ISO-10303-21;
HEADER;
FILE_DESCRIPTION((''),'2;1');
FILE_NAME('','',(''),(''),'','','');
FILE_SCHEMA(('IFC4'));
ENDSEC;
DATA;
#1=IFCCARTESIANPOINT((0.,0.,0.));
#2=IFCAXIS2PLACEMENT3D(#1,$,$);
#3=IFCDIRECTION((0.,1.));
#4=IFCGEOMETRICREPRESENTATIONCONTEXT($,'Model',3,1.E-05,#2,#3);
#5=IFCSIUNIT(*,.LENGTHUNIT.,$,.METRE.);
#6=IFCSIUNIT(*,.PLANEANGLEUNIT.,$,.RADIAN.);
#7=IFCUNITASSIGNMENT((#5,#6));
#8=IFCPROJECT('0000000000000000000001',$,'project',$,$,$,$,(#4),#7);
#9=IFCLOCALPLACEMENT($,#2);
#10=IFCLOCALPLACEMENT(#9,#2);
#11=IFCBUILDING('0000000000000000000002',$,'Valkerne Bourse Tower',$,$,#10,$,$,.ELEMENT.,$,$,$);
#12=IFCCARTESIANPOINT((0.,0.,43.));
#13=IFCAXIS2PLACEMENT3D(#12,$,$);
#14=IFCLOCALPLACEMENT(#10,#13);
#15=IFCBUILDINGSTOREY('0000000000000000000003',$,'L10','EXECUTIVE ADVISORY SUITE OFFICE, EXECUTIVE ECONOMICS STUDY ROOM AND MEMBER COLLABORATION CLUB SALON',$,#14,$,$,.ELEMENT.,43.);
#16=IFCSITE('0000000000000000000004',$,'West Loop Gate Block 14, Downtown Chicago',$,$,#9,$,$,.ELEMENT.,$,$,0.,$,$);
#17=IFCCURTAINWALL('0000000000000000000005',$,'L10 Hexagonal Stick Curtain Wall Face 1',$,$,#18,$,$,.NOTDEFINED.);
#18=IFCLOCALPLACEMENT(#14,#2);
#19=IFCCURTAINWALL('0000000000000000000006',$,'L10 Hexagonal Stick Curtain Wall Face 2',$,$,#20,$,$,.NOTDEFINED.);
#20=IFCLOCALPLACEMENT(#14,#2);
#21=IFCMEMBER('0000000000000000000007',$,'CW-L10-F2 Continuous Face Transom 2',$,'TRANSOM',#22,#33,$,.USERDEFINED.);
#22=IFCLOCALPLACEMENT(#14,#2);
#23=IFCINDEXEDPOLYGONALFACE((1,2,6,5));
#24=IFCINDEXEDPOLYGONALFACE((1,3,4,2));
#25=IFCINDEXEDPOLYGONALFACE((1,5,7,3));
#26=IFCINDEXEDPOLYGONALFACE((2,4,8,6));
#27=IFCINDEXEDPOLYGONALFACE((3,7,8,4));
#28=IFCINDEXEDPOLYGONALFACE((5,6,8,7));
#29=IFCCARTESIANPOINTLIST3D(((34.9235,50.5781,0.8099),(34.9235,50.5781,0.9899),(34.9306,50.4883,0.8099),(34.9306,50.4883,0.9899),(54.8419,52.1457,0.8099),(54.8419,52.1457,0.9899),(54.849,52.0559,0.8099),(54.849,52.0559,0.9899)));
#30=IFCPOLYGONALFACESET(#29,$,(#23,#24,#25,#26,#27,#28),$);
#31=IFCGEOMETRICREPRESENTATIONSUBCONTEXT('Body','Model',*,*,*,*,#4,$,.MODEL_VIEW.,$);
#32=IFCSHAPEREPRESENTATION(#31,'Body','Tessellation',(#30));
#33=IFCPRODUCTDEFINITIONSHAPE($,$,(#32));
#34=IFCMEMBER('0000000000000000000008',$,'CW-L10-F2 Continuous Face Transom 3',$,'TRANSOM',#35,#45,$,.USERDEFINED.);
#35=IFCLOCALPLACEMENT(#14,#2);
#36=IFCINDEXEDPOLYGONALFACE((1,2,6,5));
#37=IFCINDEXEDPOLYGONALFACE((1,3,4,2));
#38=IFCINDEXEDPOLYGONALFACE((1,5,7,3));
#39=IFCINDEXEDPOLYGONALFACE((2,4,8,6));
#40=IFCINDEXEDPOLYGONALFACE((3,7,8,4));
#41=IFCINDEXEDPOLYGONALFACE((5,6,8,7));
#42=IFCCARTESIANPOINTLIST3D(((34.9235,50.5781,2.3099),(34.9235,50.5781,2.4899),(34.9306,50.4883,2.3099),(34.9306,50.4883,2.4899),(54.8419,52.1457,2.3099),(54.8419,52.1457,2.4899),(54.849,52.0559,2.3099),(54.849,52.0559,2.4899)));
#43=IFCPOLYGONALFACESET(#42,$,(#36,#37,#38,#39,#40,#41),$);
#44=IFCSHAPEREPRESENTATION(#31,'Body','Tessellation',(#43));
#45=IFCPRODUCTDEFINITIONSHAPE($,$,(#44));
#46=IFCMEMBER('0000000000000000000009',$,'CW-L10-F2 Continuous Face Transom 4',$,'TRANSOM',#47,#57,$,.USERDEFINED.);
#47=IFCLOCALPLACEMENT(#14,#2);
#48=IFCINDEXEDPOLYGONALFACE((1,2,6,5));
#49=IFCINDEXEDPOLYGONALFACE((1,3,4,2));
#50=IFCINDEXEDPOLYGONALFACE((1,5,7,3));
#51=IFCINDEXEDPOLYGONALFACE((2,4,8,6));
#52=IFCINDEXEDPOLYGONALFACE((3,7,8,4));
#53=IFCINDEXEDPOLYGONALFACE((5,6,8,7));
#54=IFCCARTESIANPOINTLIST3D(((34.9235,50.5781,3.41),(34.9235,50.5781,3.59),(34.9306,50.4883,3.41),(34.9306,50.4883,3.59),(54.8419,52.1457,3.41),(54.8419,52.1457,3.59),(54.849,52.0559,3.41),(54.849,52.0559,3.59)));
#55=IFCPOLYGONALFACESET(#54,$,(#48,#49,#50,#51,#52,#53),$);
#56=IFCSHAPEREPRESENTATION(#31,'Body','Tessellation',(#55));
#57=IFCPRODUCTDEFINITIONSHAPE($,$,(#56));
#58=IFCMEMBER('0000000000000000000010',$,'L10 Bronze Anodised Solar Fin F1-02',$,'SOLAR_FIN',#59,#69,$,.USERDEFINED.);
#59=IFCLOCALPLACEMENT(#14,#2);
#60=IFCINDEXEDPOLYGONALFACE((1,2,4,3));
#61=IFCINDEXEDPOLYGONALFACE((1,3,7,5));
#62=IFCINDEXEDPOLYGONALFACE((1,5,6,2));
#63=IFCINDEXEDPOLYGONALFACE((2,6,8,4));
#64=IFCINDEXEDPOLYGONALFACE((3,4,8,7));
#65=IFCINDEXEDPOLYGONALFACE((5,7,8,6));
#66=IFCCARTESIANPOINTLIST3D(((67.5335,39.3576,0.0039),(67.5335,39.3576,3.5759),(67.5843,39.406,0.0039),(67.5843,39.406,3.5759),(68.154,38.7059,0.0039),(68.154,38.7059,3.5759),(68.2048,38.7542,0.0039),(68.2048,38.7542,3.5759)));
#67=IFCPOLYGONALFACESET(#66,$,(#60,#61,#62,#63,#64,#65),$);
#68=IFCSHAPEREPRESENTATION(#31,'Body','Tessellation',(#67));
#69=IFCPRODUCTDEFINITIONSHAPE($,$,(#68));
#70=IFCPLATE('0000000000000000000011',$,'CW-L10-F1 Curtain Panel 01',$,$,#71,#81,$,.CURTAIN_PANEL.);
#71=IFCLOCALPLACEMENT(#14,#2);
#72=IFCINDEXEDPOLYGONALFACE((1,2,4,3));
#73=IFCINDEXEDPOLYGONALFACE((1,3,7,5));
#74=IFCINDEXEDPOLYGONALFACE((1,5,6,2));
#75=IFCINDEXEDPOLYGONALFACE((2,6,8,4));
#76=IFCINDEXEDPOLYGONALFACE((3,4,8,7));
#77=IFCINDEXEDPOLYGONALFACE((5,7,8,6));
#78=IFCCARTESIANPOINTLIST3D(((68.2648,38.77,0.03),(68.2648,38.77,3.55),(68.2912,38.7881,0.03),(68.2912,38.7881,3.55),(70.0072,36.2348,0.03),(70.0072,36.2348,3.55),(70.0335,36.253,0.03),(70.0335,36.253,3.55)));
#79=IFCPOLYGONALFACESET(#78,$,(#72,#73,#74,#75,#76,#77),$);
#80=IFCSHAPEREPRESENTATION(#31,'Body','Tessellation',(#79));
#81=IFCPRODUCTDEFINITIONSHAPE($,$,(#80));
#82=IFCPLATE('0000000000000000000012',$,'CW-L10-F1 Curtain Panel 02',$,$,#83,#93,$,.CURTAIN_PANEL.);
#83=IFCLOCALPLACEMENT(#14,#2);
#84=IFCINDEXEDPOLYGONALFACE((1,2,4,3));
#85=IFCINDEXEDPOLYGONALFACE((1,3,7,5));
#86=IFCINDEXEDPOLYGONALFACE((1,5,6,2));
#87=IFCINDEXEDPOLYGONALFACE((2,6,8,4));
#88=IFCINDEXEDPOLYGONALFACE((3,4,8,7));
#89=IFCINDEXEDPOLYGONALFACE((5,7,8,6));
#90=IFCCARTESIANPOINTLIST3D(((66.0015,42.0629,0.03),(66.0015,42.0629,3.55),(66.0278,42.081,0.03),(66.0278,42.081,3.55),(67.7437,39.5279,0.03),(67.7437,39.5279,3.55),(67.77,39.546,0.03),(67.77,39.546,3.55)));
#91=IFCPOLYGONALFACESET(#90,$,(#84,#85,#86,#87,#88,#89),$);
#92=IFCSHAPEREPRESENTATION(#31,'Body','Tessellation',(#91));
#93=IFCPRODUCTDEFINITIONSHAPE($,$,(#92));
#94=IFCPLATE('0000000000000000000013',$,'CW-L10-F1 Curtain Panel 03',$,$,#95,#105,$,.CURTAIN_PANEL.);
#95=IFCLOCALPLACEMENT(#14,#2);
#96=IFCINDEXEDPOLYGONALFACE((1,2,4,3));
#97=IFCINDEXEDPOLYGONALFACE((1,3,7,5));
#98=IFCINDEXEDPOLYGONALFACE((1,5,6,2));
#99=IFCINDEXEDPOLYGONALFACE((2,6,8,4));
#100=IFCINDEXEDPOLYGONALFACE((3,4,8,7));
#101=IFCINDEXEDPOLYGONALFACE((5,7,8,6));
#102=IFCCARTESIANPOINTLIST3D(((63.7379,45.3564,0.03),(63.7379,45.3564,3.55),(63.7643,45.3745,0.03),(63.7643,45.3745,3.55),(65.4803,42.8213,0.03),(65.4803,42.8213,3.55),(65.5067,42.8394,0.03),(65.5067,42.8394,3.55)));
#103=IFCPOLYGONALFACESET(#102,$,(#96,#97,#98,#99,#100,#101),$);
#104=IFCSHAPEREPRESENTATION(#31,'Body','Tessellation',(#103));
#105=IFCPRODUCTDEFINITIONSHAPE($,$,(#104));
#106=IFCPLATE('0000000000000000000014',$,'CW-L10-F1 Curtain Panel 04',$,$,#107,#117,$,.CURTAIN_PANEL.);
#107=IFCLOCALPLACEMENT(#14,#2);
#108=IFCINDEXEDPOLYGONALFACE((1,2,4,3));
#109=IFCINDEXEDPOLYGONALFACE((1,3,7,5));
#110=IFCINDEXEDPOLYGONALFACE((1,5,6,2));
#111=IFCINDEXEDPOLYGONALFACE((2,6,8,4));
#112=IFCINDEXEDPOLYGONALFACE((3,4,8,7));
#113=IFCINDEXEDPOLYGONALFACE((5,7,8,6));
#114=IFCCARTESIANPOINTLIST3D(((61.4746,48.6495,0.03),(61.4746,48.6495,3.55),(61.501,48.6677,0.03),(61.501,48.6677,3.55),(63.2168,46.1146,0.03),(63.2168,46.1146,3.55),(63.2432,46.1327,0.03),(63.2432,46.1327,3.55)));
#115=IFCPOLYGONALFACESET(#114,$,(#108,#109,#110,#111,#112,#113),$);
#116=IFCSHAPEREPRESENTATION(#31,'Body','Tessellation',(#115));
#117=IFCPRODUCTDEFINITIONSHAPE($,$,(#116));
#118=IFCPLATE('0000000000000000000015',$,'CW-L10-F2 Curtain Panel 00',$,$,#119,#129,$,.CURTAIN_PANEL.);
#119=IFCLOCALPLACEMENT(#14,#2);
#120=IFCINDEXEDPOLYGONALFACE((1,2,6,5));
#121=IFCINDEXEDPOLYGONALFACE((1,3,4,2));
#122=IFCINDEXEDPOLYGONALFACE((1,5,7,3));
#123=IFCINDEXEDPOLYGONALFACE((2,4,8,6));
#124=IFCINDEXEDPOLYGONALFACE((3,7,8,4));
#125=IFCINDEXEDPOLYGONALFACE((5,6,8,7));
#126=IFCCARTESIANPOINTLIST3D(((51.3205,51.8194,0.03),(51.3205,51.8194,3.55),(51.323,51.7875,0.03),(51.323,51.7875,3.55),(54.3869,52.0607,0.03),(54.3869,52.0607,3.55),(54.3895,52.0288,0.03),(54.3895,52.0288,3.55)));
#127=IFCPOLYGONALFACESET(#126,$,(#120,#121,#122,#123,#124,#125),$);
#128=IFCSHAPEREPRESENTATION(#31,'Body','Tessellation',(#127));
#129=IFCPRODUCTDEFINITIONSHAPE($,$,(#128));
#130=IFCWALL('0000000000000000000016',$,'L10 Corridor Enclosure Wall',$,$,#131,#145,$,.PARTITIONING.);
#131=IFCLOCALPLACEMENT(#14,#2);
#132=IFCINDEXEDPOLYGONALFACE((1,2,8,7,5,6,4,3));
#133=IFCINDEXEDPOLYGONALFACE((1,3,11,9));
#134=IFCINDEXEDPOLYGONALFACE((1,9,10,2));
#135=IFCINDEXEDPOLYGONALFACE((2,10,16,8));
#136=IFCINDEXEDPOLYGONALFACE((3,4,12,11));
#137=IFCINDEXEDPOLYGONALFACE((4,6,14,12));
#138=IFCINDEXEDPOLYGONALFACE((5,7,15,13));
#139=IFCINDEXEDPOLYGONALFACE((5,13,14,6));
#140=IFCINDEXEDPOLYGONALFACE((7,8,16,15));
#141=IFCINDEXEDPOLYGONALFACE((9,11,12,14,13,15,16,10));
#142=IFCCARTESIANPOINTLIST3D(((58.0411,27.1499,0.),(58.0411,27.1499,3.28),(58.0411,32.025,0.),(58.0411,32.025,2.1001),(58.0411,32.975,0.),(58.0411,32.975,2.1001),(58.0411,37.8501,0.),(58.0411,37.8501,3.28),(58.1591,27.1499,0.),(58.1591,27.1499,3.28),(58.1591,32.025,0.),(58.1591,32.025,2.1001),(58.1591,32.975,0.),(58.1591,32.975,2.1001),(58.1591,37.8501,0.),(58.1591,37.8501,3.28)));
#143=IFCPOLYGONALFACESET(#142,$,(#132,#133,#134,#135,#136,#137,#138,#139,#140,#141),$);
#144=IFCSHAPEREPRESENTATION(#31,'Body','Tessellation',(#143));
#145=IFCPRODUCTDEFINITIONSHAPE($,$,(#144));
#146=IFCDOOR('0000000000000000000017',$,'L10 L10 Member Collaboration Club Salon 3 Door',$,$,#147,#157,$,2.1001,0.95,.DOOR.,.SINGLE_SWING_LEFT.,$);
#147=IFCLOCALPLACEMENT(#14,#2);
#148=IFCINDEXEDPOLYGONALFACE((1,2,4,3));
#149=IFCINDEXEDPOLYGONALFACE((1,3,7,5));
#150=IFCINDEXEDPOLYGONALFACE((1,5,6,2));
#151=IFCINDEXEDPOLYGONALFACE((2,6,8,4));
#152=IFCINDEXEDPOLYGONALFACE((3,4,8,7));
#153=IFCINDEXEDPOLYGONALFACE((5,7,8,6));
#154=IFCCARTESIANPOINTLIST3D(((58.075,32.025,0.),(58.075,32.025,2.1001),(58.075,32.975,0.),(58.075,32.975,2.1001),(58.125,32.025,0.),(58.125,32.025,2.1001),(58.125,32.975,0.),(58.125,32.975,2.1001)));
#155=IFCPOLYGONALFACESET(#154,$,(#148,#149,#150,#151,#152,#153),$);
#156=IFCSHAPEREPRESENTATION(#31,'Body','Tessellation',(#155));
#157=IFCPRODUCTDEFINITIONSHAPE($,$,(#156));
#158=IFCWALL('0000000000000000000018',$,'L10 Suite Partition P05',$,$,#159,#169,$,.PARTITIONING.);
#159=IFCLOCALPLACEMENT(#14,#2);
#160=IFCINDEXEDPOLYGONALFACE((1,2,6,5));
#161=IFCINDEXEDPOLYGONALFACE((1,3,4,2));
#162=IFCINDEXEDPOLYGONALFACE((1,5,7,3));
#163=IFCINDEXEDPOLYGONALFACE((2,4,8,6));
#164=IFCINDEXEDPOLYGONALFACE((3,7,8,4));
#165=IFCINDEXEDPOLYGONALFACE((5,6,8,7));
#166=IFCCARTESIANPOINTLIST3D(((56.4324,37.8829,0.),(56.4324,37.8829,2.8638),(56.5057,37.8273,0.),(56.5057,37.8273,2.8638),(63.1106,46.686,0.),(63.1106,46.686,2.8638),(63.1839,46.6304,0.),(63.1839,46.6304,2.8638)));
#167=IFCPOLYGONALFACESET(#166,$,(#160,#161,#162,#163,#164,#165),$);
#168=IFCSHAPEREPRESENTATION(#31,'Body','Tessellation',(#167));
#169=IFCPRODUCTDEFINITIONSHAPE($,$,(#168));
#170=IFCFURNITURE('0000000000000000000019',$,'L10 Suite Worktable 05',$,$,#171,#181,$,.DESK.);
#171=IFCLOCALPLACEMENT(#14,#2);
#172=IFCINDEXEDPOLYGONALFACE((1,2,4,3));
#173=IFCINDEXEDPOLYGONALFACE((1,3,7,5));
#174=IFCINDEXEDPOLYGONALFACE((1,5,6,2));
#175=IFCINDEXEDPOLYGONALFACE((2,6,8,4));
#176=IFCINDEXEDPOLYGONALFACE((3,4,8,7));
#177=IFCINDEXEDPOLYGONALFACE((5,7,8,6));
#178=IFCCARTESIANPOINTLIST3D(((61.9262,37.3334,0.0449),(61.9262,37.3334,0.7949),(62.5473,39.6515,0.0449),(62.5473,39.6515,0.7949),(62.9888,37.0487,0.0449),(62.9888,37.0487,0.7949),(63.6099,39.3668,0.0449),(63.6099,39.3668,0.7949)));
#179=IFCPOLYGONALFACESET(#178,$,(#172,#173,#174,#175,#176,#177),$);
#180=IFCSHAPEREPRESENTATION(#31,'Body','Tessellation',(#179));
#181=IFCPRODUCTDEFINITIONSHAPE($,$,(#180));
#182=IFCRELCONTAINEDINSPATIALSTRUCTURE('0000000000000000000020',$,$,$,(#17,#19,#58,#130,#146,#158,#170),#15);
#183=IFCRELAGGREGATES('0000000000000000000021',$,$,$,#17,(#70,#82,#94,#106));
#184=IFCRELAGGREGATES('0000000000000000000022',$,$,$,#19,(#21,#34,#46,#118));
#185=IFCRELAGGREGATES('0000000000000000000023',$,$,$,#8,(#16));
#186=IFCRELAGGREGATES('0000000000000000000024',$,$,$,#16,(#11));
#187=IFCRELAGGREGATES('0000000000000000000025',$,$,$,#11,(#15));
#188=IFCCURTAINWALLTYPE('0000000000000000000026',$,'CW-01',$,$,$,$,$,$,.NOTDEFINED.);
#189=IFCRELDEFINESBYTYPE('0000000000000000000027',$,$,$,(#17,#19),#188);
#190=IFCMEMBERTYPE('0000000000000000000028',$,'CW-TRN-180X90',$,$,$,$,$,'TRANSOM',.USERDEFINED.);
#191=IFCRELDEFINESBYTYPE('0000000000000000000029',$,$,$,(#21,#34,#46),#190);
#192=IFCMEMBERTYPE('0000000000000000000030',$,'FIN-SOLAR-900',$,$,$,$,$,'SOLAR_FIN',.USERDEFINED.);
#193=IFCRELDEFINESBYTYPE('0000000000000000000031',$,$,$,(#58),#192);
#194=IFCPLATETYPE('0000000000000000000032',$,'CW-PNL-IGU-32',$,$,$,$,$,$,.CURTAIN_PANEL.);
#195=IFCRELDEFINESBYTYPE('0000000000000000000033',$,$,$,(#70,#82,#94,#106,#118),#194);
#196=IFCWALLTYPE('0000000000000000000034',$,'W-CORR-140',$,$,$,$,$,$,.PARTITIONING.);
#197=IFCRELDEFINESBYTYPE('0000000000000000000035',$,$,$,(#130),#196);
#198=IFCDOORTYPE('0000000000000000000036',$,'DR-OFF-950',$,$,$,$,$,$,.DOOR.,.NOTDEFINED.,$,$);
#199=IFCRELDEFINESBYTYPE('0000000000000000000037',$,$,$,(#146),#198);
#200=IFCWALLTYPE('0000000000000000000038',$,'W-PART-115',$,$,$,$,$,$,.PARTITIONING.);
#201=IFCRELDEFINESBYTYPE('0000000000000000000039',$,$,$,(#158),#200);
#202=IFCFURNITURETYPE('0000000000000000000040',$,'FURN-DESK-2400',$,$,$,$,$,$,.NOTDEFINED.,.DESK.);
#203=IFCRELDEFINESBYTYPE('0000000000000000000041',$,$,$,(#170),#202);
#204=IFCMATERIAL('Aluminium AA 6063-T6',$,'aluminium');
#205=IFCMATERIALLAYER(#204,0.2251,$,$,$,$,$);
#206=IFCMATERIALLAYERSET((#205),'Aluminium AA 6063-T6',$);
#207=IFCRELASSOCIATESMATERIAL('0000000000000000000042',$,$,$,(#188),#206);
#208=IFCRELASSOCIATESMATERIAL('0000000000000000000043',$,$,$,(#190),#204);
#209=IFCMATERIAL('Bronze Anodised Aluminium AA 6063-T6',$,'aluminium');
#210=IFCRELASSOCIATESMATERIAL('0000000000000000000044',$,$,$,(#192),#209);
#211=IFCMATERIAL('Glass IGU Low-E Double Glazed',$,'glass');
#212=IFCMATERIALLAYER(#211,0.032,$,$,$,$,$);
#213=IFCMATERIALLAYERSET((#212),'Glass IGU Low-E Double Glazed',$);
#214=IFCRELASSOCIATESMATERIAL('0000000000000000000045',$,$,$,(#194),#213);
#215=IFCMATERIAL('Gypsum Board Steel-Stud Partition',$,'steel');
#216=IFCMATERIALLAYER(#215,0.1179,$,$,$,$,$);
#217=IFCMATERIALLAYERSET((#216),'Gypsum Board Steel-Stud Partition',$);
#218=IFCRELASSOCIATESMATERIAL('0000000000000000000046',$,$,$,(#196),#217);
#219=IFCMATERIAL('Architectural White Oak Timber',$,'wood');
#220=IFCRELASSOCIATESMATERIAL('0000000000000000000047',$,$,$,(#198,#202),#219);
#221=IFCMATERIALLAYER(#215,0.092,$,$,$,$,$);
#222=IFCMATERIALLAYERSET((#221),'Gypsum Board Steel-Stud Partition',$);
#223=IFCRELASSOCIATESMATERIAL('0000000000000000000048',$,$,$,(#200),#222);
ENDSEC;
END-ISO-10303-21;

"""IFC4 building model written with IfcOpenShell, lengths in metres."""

from ifc_helpers import new_model, si_unit, direction, frame, frame_2d, origin, origin_2d, place, context, subcontext, project, spatial, rectangle, extrude, material, layer, layer_set, material_profile, profile_set, type_object, element, fill, aggregate, save


model = new_model("IFC4")

# Units and contexts
model_context = context("Model", 3, precision=1e-05, world=origin(), true_north=direction((0.0, 1.0)))
body_context = subcontext(model_context, "Body", "Model", "MODEL_VIEW")
ifc_project = project(units=[si_unit("LENGTHUNIT", "METRE"), si_unit("PLANEANGLEUNIT", "RADIAN")], contexts=[model_context])

# Site, building, storey
site_placement = place(None, origin())
site = spatial("IfcSite", under=ifc_project, at=site_placement, Name="West Loop Gate Block 14, Downtown Chicago", CompositionType="ELEMENT", RefElevation=0.0)
building_placement = place(site_placement, origin())
building = spatial("IfcBuilding", under=site, at=building_placement, Name="Valkerne Bourse Tower", CompositionType="ELEMENT")
storey_placement = place(building_placement, frame((0.0, 0.0, 43.0)))
storey = spatial("IfcBuildingStorey", under=building, at=storey_placement, Name="L10", Description="EXECUTIVE ADVISORY SUITE OFFICE, EXECUTIVE ECONOMICS STUDY ROOM AND MEMBER COLLABORATION CLUB SALON", CompositionType="ELEMENT", Elevation=43.0)

# Curtain walls, members
ifc_material_1 = material(Name="Aluminium AA 6063-T6", Category="aluminium")
ifc_layer_1 = layer(ifc_material_1, 0.2251)
ifc_layer_set_1 = layer_set([ifc_layer_1], Name="Aluminium AA 6063-T6")
curtain_wall_type = type_object("IfcCurtainWallType", Name="CW-01", PredefinedType="NOTDEFINED", material=ifc_layer_set_1)
curtain_wall_1_placement = place(storey_placement, origin())
curtain_wall_1 = element("IfcCurtainWall", 1, at=curtain_wall_1_placement, inside=storey, type_object=curtain_wall_type, Name="L10 Hexagonal Stick Curtain Wall Face 1", PredefinedType="NOTDEFINED")
curtain_wall_2_placement = place(storey_placement, origin())
curtain_wall_2 = element("IfcCurtainWall", 2, at=curtain_wall_2_placement, inside=storey, type_object=curtain_wall_type, Name="L10 Hexagonal Stick Curtain Wall Face 2", PredefinedType="NOTDEFINED")
ifc_material_profile_1 = material_profile(ifc_material_1, rectangle(XDim=0.0901, YDim=0.1799, at=origin_2d()), Name="CWT-90X180")
ifc_profile_set_1 = profile_set([ifc_material_profile_1], Name="Aluminium AA 6063-T6")
member_type_1 = type_object("IfcMemberType", Name="CW-TRN-180X90", ElementType="TRANSOM", PredefinedType="USERDEFINED", material=ifc_profile_set_1)
member_1_placement = place(storey_placement, frame((54.8455, 52.1008, 0.8999), z_axis=(-0.996917, -0.07846, 0.0), x_axis=(0.07846, -0.996917, 0.0)))
member_1 = element("IfcMember", 3, at=member_1_placement, type_object=member_type_1, Name="CW-L10-F2 Continuous Face Transom 2", ObjectType="TRANSOM", PredefinedType="USERDEFINED", context=body_context, shape_type="SweptSolid", body=[
    extrude(rectangle(XDim=0.0901, YDim=0.1799, at=origin_2d()), origin(), (0.0, 0.0, 1.0), 19.98),
])
member_2_placement = place(storey_placement, frame((54.8455, 52.1008, 2.3999), z_axis=(-0.996917, -0.07846, 0.0), x_axis=(0.07846, -0.996917, 0.0)))
member_2 = element("IfcMember", 4, at=member_2_placement, type_object=member_type_1, Name="CW-L10-F2 Continuous Face Transom 3", ObjectType="TRANSOM", PredefinedType="USERDEFINED", context=body_context, shape_type="SweptSolid", body=[
    extrude(rectangle(XDim=0.0901, YDim=0.1799, at=origin_2d()), origin(), (0.0, 0.0, 1.0), 19.98),
])
member_3_placement = place(storey_placement, frame((54.8455, 52.1008, 3.5), z_axis=(-0.996917, -0.07846, 0.0), x_axis=(0.07846, -0.996917, 0.0)))
member_3 = element("IfcMember", 5, at=member_3_placement, type_object=member_type_1, Name="CW-L10-F2 Continuous Face Transom 4", ObjectType="TRANSOM", PredefinedType="USERDEFINED", context=body_context, shape_type="SweptSolid", body=[
    extrude(rectangle(XDim=0.0901, YDim=0.1799, at=origin_2d()), origin(), (0.0, 0.0, 1.0), 19.98),
])

# Member
ifc_material_2 = material(Name="Bronze Anodised Aluminium AA 6063-T6", Category="aluminium")
ifc_material_profile_2 = material_profile(ifc_material_2, rectangle(XDim=0.0701, YDim=0.8999, at=origin_2d()), Name="FIN-70X900")
ifc_profile_set_2 = profile_set([ifc_material_profile_2], Name="Bronze Anodised Aluminium AA 6063-T6")
member_type_2 = type_object("IfcMemberType", Name="FIN-SOLAR-900", ElementType="SOLAR_FIN", PredefinedType="USERDEFINED", material=ifc_profile_set_2)
member_4_placement = place(storey_placement, frame((67.8691, 39.0559, 0.0039), z_axis=(0.0, 0.0, 1.0), x_axis=(0.724271, 0.689515, 0.0)))
element("IfcMember", 6, at=member_4_placement, inside=storey, type_object=member_type_2, Name="L10 Bronze Anodised Solar Fin F1-02", ObjectType="SOLAR_FIN", PredefinedType="USERDEFINED", context=body_context, shape_type="SweptSolid", body=[
    extrude(rectangle(XDim=0.0701, YDim=0.8999, at=origin_2d()), origin(), (0.0, 0.0, 1.0), 3.572),
])

# Plates
ifc_material_3 = material(Name="Glass IGU Low-E Double Glazed", Category="glass")
ifc_layer_2 = layer(ifc_material_3, 0.032)
ifc_layer_set_2 = layer_set([ifc_layer_2], Name="Glass IGU Low-E Double Glazed")
plate_type = type_object("IfcPlateType", Name="CW-PNL-IGU-32", PredefinedType="CURTAIN_PANEL", material=ifc_layer_set_2)
plate_1_placement = place(storey_placement, frame((69.1492, 37.5115, 0.03), z_axis=(0.0, 0.0, 1.0), x_axis=(-0.566414, 0.824121, 0.0)))
plate_1 = element("IfcPlate", 7, at=plate_1_placement, type_object=plate_type, Name="CW-L10-F1 Curtain Panel 01", PredefinedType="CURTAIN_PANEL", context=body_context, shape_type="SweptSolid", body=[
    extrude(rectangle(XDim=3.0762, YDim=0.032, at=origin_2d()), origin(), (0.0, 0.0, 1.0), 3.52),
])
plate_2_placement = place(storey_placement, frame((66.8857, 40.8044, 0.03), z_axis=(0.0, 0.0, 1.0), x_axis=(-0.566397, 0.824132, 0.0)))
plate_2 = element("IfcPlate", 8, at=plate_2_placement, type_object=plate_type, Name="CW-L10-F1 Curtain Panel 02", PredefinedType="CURTAIN_PANEL", context=body_context, shape_type="SweptSolid", body=[
    extrude(rectangle(XDim=3.0759, YDim=0.032, at=origin_2d()), origin(), (0.0, 0.0, 1.0), 3.52),
])
plate_3_placement = place(storey_placement, frame((64.6223, 44.0979, 0.03), z_axis=(0.0, 0.0, 1.0), x_axis=(-0.566414, 0.824121, 0.0)))
plate_3 = element("IfcPlate", 9, at=plate_3_placement, type_object=plate_type, Name="CW-L10-F1 Curtain Panel 03", PredefinedType="CURTAIN_PANEL", context=body_context, shape_type="SweptSolid", body=[
    extrude(rectangle(XDim=3.0762, YDim=0.032, at=origin_2d()), origin(), (0.0, 0.0, 1.0), 3.52),
])
plate_4_placement = place(storey_placement, frame((62.3589, 47.3911, 0.03), z_axis=(0.0, 0.0, 1.0), x_axis=(-0.566397, 0.824132, 0.0)))
plate_4 = element("IfcPlate", 10, at=plate_4_placement, type_object=plate_type, Name="CW-L10-F1 Curtain Panel 04", PredefinedType="CURTAIN_PANEL", context=body_context, shape_type="SweptSolid", body=[
    extrude(rectangle(XDim=3.0759, YDim=0.032, at=origin_2d()), origin(), (0.0, 0.0, 1.0), 3.52),
])
aggregate(curtain_wall_1, [plate_1, plate_2, plate_3, plate_4])
plate_5_placement = place(storey_placement, frame((52.855, 51.9241, 0.03), z_axis=(0.0, 0.0, 1.0), x_axis=(-0.996918, -0.078453, 0.0)))
plate_5 = element("IfcPlate", 11, at=plate_5_placement, type_object=plate_type, Name="CW-L10-F2 Curtain Panel 00", PredefinedType="CURTAIN_PANEL", context=body_context, shape_type="SweptSolid", body=[
    extrude(rectangle(XDim=3.0759, YDim=0.032, at=origin_2d()), origin(), (0.0, 0.0, 1.0), 3.52),
])
aggregate(curtain_wall_2, [member_1, member_2, member_3, plate_5])

# Wall, opening, door
ifc_material_4 = material(Name="Gypsum Board Steel-Stud Partition", Category="steel")
ifc_layer_3 = layer(ifc_material_4, 0.1179)
ifc_layer_set_3 = layer_set([ifc_layer_3], Name="Gypsum Board Steel-Stud Partition")
wall_type_1 = type_object("IfcWallType", Name="W-CORR-140", PredefinedType="PARTITIONING", material=ifc_layer_set_3)
wall_1_placement = place(storey_placement, frame((58.1001, 37.8501, 0.0), z_axis=(0.0, 0.0, 1.0), x_axis=(0.0, -1.0, 0.0)))
wall_1 = element("IfcWall", 12, at=wall_1_placement, inside=storey, type_object=wall_type_1, Name="L10 Corridor Enclosure Wall", PredefinedType="PARTITIONING", context=body_context, shape_type="SweptSolid", body=[
    extrude(rectangle(XDim=10.7002, YDim=0.1179, at=frame_2d((5.3501, 0.0))), origin(), (0.0, 0.0, 1.0), 3.28),
])
opening_placement = place(wall_1_placement, frame((4.875, 0.0, 0.0)))
opening = element("IfcOpeningElement", 13, at=opening_placement, cuts=wall_1, PredefinedType="OPENING", context=body_context, shape_type="SweptSolid", body=[
    extrude(rectangle(XDim=0.95, YDim=2.1001, at=frame_2d((0.4751, 1.05))), frame((0.0, 0.0688, 0.0), z_axis=(0.0, -1.0, 0.0), x_axis=(1.0, 0.0, 0.0)), (0.0, 0.0, 1.0), 0.1379),
])
ifc_material_5 = material(Name="Architectural White Oak Timber", Category="wood")
door_type = type_object("IfcDoorType", Name="DR-OFF-950", OperationType="NOTDEFINED", PredefinedType="DOOR", material=ifc_material_5)
door_placement = place(opening_placement, origin())
door = element("IfcDoor", 14, at=door_placement, inside=storey, type_object=door_type, Name="L10 L10 Member Collaboration Club Salon 3 Door", OperationType="SINGLE_SWING_LEFT", OverallHeight=2.1001, OverallWidth=0.95, PredefinedType="DOOR", context=body_context, shape_type="SweptSolid", body=[
    extrude(rectangle(XDim=0.95, YDim=2.1001, at=frame_2d((0.4751, 1.05))), frame((0.0, 0.0249, 0.0), z_axis=(0.0, -1.0, 0.0), x_axis=(1.0, 0.0, 0.0)), (0.0, 0.0, 1.0), 0.05),
])
fill(opening, door)

# Wall
ifc_layer_4 = layer(ifc_material_4, 0.092)
ifc_layer_set_4 = layer_set([ifc_layer_4], Name="Gypsum Board Steel-Stud Partition")
wall_type_2 = type_object("IfcWallType", Name="W-PART-115", PredefinedType="PARTITIONING", material=ifc_layer_set_4)
wall_2_placement = place(storey_placement, frame((56.469, 37.855, 0.0), z_axis=(0.0, 0.0, 1.0), x_axis=(0.604382, 0.796695, 0.0)))
element("IfcWall", 15, at=wall_2_placement, inside=storey, type_object=wall_type_2, Name="L10 Suite Partition P05", PredefinedType="PARTITIONING", context=body_context, shape_type="SweptSolid", body=[
    extrude(rectangle(XDim=11.0496, YDim=0.092, at=frame_2d((5.5249, 0.0))), origin(), (0.0, 0.0, 1.0), 2.8638),
])

# Furniture
furniture_type = type_object("IfcFurnitureType", Name="FURN-DESK-2400", AssemblyPlace="NOTDEFINED", PredefinedType="DESK", material=ifc_material_5)
furniture_placement = place(storey_placement, frame((62.7681, 38.3501, 0.0449), z_axis=(0.0, 0.0, 1.0), x_axis=(0.258819, 0.965926, 0.0)))
element("IfcFurniture", 16, at=furniture_placement, inside=storey, type_object=furniture_type, Name="L10 Suite Worktable 05", PredefinedType="DESK", context=body_context, shape_type="SweptSolid", body=[
    extrude(rectangle(XDim=2.3999, YDim=1.1001, at=origin_2d()), origin(), (0.0, 0.0, 1.0), 0.75),
])

save(model, "model.ifc")
